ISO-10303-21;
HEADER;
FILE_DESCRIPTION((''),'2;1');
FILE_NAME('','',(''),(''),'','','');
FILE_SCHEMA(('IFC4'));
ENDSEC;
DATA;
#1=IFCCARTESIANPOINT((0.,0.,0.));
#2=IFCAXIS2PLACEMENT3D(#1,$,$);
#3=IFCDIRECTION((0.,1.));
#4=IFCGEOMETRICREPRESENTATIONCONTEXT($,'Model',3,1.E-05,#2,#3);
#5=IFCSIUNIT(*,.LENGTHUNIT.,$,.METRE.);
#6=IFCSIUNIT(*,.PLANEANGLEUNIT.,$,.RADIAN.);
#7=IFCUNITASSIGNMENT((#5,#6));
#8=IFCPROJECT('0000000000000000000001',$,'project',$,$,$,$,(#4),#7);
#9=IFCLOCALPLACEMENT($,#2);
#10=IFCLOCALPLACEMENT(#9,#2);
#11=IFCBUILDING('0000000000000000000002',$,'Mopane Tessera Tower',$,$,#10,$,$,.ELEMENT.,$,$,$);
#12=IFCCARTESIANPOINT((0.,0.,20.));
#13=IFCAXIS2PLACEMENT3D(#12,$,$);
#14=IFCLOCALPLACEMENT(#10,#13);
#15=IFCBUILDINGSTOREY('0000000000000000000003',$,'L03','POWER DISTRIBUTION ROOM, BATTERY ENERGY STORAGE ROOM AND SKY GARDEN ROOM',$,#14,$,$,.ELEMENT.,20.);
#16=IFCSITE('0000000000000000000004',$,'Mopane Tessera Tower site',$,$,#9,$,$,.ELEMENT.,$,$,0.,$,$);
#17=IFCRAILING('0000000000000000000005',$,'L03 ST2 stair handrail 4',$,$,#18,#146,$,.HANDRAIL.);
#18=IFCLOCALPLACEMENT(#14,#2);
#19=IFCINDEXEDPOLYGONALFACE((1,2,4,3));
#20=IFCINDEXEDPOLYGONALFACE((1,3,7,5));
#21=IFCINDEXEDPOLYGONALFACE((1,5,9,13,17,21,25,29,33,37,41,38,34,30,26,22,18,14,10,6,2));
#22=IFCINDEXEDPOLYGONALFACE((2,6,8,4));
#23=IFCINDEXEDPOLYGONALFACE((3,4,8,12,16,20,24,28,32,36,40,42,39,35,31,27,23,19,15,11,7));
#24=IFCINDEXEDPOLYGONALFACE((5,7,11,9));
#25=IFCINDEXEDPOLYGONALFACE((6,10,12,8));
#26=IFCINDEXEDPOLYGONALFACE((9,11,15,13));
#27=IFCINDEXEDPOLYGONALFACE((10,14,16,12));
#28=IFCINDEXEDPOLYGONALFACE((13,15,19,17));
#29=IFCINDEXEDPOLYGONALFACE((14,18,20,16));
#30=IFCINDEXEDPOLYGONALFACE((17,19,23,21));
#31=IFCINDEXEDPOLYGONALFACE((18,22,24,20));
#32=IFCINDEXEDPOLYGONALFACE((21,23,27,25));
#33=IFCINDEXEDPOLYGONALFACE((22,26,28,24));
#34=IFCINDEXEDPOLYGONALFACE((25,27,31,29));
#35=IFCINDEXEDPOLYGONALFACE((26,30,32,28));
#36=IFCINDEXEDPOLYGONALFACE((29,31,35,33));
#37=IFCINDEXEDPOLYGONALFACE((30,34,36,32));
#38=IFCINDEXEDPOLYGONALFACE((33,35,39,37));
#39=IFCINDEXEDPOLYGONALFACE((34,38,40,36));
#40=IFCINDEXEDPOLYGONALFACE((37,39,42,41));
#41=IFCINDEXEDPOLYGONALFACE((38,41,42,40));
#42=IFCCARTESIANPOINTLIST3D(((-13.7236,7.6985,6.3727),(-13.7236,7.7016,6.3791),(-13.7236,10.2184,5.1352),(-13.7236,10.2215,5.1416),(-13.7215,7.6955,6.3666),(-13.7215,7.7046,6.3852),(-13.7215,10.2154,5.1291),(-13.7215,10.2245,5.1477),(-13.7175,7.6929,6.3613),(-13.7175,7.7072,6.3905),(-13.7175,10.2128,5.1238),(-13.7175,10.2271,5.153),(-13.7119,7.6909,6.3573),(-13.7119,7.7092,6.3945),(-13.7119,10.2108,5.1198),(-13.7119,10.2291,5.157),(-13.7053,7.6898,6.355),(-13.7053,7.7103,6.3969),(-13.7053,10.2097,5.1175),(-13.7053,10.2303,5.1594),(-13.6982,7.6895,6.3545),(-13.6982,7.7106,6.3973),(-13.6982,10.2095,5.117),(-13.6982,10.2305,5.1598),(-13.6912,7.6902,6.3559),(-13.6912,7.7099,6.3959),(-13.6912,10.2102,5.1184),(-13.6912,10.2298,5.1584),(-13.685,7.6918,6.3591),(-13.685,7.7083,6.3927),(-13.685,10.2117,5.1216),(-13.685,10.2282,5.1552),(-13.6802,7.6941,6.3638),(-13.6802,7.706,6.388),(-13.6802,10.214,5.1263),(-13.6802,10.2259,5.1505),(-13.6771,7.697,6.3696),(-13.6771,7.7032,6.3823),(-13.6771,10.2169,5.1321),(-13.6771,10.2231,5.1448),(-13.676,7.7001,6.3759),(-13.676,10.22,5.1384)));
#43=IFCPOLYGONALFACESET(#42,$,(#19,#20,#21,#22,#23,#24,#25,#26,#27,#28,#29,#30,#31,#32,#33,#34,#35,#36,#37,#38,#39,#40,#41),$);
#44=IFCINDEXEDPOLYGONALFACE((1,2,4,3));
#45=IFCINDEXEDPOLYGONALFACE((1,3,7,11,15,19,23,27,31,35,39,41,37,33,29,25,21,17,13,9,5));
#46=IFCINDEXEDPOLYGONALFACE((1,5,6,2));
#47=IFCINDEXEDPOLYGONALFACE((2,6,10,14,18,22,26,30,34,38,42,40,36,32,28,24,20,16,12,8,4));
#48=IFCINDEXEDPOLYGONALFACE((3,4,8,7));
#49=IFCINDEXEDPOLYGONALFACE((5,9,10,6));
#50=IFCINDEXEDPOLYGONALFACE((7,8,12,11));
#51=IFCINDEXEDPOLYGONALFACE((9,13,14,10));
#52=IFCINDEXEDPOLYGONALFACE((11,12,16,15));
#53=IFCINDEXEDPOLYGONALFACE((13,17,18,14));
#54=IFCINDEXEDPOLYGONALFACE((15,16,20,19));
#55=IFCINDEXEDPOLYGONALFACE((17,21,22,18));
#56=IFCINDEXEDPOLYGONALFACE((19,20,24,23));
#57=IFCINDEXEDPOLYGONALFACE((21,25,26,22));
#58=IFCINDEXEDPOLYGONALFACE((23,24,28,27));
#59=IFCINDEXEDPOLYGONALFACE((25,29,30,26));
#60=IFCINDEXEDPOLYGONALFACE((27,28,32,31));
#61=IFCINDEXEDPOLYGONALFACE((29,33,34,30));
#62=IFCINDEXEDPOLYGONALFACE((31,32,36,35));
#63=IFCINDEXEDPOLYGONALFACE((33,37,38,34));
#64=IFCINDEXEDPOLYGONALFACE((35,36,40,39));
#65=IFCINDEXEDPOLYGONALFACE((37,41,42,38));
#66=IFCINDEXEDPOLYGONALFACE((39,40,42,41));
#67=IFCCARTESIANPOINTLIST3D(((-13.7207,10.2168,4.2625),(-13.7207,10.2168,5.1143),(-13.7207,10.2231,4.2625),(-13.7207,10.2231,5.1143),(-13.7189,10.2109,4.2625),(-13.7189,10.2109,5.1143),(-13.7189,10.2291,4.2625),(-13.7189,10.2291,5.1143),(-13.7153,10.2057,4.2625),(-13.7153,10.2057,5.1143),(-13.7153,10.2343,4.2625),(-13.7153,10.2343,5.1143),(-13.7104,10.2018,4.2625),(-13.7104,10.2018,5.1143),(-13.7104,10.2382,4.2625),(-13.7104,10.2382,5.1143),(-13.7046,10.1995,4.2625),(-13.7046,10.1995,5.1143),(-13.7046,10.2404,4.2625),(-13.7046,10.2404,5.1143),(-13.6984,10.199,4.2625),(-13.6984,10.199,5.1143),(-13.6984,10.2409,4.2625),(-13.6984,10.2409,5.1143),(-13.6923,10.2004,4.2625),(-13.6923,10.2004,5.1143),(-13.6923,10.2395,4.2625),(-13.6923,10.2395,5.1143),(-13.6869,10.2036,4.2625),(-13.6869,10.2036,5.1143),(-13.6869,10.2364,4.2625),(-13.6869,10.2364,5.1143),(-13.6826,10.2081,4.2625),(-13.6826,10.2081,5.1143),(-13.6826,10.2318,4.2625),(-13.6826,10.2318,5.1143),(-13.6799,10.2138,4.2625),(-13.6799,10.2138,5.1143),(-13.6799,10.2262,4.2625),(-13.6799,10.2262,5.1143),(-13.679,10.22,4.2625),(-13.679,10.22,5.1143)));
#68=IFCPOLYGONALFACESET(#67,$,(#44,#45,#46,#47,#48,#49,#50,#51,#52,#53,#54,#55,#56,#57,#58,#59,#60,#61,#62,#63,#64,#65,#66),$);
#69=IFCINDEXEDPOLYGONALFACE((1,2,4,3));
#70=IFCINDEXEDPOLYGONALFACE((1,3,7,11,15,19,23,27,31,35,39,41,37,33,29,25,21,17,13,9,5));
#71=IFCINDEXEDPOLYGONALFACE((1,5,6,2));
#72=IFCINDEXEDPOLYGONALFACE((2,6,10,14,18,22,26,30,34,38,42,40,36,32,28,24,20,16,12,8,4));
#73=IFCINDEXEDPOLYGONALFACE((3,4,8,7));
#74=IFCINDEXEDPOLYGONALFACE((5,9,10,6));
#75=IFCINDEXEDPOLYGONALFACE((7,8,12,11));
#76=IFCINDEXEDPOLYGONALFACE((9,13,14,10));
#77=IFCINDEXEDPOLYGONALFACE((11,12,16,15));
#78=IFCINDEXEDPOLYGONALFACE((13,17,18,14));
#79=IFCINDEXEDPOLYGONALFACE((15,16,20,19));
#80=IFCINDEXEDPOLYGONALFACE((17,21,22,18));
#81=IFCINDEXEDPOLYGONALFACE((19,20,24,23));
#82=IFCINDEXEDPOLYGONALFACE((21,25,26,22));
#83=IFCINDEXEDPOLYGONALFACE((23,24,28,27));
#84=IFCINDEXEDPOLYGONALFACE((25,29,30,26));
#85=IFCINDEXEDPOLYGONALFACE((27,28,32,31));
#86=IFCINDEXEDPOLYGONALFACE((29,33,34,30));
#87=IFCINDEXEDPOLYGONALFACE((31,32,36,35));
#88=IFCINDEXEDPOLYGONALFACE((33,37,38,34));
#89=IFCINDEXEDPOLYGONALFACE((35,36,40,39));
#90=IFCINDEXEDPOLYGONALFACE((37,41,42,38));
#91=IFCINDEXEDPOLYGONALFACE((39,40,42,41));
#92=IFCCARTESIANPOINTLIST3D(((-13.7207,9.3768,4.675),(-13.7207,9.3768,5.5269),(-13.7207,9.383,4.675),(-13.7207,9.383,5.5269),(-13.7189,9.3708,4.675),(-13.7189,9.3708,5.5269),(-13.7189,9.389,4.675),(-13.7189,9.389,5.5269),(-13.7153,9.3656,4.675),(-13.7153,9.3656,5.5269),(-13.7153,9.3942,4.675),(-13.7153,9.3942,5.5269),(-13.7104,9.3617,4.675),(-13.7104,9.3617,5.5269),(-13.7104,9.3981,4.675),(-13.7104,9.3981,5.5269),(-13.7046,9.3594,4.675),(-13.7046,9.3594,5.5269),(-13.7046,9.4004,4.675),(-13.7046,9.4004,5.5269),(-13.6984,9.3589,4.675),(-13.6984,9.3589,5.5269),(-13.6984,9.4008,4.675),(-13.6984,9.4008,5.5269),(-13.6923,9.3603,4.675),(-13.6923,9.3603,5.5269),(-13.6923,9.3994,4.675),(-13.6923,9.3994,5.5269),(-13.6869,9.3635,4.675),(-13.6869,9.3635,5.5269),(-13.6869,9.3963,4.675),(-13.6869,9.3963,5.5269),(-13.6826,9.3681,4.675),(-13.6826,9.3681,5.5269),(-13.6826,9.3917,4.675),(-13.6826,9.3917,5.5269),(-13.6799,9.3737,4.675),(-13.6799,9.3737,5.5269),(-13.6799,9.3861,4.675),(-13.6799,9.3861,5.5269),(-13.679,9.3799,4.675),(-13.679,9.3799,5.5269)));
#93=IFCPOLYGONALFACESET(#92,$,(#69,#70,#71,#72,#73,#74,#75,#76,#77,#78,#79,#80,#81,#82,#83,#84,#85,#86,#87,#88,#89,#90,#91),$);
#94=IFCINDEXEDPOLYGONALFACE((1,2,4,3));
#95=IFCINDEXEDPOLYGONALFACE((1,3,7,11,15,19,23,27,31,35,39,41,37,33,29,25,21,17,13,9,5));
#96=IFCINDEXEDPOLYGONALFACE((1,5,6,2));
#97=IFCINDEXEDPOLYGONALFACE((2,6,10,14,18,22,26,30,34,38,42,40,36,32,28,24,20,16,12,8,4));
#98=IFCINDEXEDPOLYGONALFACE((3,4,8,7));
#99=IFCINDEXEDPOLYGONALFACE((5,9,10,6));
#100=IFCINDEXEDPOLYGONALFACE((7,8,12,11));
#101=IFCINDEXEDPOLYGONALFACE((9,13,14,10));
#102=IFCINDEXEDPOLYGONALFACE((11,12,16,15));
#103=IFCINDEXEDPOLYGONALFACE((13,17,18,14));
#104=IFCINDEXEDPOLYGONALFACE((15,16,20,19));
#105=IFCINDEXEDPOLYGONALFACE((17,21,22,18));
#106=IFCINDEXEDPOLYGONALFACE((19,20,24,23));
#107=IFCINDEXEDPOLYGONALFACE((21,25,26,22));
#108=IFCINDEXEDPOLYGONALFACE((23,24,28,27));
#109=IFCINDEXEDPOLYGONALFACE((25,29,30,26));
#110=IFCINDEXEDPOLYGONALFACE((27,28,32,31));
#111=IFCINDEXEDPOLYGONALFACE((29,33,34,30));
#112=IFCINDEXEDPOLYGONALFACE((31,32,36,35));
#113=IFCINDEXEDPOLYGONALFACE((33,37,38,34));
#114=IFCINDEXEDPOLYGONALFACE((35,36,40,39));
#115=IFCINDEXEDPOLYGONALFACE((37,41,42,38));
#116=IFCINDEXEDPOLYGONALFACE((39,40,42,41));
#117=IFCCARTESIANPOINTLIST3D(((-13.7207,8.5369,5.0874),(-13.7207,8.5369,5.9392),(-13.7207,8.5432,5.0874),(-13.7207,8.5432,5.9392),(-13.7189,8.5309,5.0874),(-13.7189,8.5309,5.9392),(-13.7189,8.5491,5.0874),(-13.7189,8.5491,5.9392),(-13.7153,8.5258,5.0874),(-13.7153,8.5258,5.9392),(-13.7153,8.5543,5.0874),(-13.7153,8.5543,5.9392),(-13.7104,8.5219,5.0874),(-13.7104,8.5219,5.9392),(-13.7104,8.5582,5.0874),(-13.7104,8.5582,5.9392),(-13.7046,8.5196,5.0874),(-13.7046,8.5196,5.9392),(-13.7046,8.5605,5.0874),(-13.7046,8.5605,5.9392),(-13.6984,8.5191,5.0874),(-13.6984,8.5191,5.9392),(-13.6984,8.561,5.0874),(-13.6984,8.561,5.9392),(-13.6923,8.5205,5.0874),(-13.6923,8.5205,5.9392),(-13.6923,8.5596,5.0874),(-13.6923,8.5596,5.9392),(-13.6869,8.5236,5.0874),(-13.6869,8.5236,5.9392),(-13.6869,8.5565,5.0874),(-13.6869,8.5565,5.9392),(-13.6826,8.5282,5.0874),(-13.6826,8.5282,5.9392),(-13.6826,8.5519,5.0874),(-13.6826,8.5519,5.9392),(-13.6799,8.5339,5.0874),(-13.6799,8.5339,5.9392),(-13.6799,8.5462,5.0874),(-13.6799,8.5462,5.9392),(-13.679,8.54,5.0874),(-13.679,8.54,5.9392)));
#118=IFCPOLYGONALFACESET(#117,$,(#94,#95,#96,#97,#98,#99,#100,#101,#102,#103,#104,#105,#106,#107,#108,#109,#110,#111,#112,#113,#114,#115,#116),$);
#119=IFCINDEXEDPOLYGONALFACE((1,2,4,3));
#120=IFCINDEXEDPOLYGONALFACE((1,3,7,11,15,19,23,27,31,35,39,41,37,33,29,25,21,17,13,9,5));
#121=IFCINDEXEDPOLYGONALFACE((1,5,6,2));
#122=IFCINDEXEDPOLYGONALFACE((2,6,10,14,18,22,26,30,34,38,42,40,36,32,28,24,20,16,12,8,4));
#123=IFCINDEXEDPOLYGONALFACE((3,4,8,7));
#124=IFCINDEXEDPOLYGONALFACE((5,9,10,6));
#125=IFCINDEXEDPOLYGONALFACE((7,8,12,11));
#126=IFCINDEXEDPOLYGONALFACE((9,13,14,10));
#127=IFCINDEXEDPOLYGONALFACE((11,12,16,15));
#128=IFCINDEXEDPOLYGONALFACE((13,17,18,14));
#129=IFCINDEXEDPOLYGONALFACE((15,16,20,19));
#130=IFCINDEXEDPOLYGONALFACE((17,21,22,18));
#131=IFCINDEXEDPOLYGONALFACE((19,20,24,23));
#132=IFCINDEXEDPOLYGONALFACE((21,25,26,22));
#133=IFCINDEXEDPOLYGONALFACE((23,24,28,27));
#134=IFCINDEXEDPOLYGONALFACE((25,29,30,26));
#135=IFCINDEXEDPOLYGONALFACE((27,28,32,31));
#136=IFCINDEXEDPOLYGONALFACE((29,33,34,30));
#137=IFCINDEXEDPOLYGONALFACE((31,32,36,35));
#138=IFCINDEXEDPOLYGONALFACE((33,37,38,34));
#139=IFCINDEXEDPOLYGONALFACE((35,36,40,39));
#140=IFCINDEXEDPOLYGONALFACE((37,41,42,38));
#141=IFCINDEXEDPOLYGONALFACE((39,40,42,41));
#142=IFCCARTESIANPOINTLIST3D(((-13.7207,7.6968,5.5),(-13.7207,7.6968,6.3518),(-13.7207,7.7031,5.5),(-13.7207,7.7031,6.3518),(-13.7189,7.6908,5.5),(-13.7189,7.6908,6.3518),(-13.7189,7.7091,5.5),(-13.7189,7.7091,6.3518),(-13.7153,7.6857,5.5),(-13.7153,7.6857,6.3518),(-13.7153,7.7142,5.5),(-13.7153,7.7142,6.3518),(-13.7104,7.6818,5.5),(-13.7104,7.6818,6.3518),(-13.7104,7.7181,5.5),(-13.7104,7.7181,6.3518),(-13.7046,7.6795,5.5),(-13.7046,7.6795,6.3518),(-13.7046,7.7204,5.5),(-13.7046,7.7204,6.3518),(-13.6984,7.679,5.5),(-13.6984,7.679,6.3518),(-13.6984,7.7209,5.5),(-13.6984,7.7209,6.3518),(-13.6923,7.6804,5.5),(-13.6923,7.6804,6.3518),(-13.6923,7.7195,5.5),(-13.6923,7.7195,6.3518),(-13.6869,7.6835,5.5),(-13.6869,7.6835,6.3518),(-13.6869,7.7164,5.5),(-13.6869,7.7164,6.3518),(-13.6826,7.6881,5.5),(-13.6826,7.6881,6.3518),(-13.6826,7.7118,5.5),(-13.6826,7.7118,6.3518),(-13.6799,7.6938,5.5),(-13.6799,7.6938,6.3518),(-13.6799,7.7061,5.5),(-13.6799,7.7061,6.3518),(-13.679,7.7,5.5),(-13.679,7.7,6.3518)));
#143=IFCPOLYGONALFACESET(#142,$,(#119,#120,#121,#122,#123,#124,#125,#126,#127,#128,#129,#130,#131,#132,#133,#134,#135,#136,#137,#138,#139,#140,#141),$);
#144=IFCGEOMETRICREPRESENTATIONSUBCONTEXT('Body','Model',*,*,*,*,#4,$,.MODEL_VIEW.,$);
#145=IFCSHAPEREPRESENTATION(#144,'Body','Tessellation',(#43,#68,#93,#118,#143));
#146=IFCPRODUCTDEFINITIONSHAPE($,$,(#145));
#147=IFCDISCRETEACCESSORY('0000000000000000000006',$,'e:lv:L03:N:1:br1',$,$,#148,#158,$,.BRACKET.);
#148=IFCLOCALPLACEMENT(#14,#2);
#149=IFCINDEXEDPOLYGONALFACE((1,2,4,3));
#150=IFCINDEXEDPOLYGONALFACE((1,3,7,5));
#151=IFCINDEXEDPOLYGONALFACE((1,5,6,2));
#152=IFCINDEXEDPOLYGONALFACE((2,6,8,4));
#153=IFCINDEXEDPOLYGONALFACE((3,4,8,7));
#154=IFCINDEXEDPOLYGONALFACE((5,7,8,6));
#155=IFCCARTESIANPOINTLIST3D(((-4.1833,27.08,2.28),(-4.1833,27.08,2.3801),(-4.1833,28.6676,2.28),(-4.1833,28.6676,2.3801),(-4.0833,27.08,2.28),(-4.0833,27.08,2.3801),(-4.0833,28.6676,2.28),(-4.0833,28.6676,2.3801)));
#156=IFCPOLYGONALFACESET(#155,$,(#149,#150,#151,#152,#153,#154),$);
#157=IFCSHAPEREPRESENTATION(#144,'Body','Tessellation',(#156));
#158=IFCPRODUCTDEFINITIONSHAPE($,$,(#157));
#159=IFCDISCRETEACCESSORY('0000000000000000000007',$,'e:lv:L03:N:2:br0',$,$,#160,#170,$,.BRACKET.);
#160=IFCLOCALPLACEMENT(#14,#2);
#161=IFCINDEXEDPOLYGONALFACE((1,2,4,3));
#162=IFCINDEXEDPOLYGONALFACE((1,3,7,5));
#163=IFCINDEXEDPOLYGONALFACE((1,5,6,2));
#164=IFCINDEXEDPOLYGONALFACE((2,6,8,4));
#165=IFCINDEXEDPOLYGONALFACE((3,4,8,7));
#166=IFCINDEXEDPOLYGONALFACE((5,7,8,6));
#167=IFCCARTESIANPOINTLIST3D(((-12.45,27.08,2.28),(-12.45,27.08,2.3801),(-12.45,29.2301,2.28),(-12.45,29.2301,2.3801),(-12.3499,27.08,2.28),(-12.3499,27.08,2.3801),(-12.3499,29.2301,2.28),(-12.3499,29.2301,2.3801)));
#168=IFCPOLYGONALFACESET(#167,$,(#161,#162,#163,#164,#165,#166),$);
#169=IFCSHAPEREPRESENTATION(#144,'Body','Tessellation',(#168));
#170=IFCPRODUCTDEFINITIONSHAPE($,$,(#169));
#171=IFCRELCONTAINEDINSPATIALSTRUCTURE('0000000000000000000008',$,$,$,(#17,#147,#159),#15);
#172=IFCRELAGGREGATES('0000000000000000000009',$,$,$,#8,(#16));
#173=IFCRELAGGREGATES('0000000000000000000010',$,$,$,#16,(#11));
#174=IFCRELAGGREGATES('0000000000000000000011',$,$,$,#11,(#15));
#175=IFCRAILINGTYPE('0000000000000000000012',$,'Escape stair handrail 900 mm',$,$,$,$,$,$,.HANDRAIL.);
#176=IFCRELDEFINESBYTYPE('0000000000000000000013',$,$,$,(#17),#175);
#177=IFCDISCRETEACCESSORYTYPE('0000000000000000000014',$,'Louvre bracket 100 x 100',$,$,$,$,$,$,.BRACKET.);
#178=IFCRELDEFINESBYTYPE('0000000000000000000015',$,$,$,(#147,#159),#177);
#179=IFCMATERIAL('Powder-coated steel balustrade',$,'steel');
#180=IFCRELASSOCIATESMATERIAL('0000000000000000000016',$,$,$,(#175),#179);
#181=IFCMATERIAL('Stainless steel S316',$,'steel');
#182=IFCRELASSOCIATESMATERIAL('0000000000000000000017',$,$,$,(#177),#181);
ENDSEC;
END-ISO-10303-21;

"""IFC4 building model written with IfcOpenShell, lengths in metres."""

from ifc_helpers import new_model, si_unit, direction, frame, origin, origin_2d, place, context, subcontext, project, spatial, rectangle, circle, extrude, material, type_object, element, save


model = new_model("IFC4")

# Units and contexts
model_context = context("Model", 3, precision=1e-05, world=origin(), true_north=direction((0.0, 1.0)))
body_context = subcontext(model_context, "Body", "Model", "MODEL_VIEW")
ifc_project = project(units=[si_unit("LENGTHUNIT", "METRE"), si_unit("PLANEANGLEUNIT", "RADIAN")], contexts=[model_context])

# Site, building, storey
site_placement = place(None, origin())
site = spatial("IfcSite", under=ifc_project, at=site_placement, Name="Mopane Tessera Tower site", CompositionType="ELEMENT", RefElevation=0.0)
building_placement = place(site_placement, origin())
building = spatial("IfcBuilding", under=site, at=building_placement, Name="Mopane Tessera Tower", CompositionType="ELEMENT")
storey_placement = place(building_placement, frame((0.0, 0.0, 20.0)))
storey = spatial("IfcBuildingStorey", under=building, at=storey_placement, Name="L03", Description="POWER DISTRIBUTION ROOM, BATTERY ENERGY STORAGE ROOM AND SKY GARDEN ROOM", CompositionType="ELEMENT", Elevation=20.0)

# Railing
ifc_material_1 = material(Name="Powder-coated steel balustrade", Category="steel")
railing_type_1 = type_object("IfcRailingType", Name="Escape stair handrail 900 mm", PredefinedType="HANDRAIL", material=ifc_material_1)
railing_1_placement = place(storey_placement, frame((-13.7, 10.22, 4.2625)))
element("IfcRailing", 1, at=railing_1_placement, inside=storey, type_object=railing_type_1, Name="L03 ST2 stair handrail 4", PredefinedType="HANDRAIL", context=body_context, shape_type="SweptSolid", body=[
    extrude(circle(Radius=0.0239, at=origin_2d()), frame((0.0, 0.0, 0.876), z_axis=(0.0, -0.897604, 0.440802), x_axis=(1.0, 0.0, 0.0)), (0.0, 0.0, 1.0), 2.8074),
    extrude(circle(Radius=0.021, at=origin_2d()), origin(), (0.0, 0.0, 1.0), 0.8518),
    extrude(circle(Radius=0.021, at=origin_2d()), frame((0.0, -0.8401, 0.4126)), (0.0, 0.0, 1.0), 0.8518),
    extrude(circle(Radius=0.021, at=origin_2d()), frame((0.0, -1.6799, 0.825)), (0.0, 0.0, 1.0), 0.8518),
    extrude(circle(Radius=0.021, at=origin_2d()), frame((0.0, -2.52, 1.2375)), (0.0, 0.0, 1.0), 0.8518),
])

# Discrete accessories
ifc_material_2 = material(Name="Stainless steel S316", Category="steel")
discrete_accessory_type = type_object("IfcDiscreteAccessoryType", Name="Louvre bracket 100 x 100", PredefinedType="BRACKET", material=ifc_material_2)
discrete_accessory_1_placement = place(storey_placement, frame((-4.1333, 27.8738, 2.28), z_axis=(0.0, 0.0, 1.0), x_axis=(0.0, 1.0, 0.0)))
element("IfcDiscreteAccessory", 2, at=discrete_accessory_1_placement, inside=storey, type_object=discrete_accessory_type, Name="e:lv:L03:N:1:br1", PredefinedType="BRACKET", context=body_context, shape_type="SweptSolid", body=[
    extrude(rectangle(XDim=1.5876, YDim=0.1001, at=origin_2d()), origin(), (0.0, 0.0, 1.0), 0.1001),
])
discrete_accessory_2_placement = place(storey_placement, frame((-12.3999, 28.155, 2.28), z_axis=(0.0, 0.0, 1.0), x_axis=(0.0, 1.0, 0.0)))
element("IfcDiscreteAccessory", 3, at=discrete_accessory_2_placement, inside=storey, type_object=discrete_accessory_type, Name="e:lv:L03:N:2:br0", PredefinedType="BRACKET", context=body_context, shape_type="SweptSolid", body=[
    extrude(rectangle(XDim=2.1501, YDim=0.1001, at=origin_2d()), origin(), (0.0, 0.0, 1.0), 0.1001),
])

save(model, "model.ifc")
